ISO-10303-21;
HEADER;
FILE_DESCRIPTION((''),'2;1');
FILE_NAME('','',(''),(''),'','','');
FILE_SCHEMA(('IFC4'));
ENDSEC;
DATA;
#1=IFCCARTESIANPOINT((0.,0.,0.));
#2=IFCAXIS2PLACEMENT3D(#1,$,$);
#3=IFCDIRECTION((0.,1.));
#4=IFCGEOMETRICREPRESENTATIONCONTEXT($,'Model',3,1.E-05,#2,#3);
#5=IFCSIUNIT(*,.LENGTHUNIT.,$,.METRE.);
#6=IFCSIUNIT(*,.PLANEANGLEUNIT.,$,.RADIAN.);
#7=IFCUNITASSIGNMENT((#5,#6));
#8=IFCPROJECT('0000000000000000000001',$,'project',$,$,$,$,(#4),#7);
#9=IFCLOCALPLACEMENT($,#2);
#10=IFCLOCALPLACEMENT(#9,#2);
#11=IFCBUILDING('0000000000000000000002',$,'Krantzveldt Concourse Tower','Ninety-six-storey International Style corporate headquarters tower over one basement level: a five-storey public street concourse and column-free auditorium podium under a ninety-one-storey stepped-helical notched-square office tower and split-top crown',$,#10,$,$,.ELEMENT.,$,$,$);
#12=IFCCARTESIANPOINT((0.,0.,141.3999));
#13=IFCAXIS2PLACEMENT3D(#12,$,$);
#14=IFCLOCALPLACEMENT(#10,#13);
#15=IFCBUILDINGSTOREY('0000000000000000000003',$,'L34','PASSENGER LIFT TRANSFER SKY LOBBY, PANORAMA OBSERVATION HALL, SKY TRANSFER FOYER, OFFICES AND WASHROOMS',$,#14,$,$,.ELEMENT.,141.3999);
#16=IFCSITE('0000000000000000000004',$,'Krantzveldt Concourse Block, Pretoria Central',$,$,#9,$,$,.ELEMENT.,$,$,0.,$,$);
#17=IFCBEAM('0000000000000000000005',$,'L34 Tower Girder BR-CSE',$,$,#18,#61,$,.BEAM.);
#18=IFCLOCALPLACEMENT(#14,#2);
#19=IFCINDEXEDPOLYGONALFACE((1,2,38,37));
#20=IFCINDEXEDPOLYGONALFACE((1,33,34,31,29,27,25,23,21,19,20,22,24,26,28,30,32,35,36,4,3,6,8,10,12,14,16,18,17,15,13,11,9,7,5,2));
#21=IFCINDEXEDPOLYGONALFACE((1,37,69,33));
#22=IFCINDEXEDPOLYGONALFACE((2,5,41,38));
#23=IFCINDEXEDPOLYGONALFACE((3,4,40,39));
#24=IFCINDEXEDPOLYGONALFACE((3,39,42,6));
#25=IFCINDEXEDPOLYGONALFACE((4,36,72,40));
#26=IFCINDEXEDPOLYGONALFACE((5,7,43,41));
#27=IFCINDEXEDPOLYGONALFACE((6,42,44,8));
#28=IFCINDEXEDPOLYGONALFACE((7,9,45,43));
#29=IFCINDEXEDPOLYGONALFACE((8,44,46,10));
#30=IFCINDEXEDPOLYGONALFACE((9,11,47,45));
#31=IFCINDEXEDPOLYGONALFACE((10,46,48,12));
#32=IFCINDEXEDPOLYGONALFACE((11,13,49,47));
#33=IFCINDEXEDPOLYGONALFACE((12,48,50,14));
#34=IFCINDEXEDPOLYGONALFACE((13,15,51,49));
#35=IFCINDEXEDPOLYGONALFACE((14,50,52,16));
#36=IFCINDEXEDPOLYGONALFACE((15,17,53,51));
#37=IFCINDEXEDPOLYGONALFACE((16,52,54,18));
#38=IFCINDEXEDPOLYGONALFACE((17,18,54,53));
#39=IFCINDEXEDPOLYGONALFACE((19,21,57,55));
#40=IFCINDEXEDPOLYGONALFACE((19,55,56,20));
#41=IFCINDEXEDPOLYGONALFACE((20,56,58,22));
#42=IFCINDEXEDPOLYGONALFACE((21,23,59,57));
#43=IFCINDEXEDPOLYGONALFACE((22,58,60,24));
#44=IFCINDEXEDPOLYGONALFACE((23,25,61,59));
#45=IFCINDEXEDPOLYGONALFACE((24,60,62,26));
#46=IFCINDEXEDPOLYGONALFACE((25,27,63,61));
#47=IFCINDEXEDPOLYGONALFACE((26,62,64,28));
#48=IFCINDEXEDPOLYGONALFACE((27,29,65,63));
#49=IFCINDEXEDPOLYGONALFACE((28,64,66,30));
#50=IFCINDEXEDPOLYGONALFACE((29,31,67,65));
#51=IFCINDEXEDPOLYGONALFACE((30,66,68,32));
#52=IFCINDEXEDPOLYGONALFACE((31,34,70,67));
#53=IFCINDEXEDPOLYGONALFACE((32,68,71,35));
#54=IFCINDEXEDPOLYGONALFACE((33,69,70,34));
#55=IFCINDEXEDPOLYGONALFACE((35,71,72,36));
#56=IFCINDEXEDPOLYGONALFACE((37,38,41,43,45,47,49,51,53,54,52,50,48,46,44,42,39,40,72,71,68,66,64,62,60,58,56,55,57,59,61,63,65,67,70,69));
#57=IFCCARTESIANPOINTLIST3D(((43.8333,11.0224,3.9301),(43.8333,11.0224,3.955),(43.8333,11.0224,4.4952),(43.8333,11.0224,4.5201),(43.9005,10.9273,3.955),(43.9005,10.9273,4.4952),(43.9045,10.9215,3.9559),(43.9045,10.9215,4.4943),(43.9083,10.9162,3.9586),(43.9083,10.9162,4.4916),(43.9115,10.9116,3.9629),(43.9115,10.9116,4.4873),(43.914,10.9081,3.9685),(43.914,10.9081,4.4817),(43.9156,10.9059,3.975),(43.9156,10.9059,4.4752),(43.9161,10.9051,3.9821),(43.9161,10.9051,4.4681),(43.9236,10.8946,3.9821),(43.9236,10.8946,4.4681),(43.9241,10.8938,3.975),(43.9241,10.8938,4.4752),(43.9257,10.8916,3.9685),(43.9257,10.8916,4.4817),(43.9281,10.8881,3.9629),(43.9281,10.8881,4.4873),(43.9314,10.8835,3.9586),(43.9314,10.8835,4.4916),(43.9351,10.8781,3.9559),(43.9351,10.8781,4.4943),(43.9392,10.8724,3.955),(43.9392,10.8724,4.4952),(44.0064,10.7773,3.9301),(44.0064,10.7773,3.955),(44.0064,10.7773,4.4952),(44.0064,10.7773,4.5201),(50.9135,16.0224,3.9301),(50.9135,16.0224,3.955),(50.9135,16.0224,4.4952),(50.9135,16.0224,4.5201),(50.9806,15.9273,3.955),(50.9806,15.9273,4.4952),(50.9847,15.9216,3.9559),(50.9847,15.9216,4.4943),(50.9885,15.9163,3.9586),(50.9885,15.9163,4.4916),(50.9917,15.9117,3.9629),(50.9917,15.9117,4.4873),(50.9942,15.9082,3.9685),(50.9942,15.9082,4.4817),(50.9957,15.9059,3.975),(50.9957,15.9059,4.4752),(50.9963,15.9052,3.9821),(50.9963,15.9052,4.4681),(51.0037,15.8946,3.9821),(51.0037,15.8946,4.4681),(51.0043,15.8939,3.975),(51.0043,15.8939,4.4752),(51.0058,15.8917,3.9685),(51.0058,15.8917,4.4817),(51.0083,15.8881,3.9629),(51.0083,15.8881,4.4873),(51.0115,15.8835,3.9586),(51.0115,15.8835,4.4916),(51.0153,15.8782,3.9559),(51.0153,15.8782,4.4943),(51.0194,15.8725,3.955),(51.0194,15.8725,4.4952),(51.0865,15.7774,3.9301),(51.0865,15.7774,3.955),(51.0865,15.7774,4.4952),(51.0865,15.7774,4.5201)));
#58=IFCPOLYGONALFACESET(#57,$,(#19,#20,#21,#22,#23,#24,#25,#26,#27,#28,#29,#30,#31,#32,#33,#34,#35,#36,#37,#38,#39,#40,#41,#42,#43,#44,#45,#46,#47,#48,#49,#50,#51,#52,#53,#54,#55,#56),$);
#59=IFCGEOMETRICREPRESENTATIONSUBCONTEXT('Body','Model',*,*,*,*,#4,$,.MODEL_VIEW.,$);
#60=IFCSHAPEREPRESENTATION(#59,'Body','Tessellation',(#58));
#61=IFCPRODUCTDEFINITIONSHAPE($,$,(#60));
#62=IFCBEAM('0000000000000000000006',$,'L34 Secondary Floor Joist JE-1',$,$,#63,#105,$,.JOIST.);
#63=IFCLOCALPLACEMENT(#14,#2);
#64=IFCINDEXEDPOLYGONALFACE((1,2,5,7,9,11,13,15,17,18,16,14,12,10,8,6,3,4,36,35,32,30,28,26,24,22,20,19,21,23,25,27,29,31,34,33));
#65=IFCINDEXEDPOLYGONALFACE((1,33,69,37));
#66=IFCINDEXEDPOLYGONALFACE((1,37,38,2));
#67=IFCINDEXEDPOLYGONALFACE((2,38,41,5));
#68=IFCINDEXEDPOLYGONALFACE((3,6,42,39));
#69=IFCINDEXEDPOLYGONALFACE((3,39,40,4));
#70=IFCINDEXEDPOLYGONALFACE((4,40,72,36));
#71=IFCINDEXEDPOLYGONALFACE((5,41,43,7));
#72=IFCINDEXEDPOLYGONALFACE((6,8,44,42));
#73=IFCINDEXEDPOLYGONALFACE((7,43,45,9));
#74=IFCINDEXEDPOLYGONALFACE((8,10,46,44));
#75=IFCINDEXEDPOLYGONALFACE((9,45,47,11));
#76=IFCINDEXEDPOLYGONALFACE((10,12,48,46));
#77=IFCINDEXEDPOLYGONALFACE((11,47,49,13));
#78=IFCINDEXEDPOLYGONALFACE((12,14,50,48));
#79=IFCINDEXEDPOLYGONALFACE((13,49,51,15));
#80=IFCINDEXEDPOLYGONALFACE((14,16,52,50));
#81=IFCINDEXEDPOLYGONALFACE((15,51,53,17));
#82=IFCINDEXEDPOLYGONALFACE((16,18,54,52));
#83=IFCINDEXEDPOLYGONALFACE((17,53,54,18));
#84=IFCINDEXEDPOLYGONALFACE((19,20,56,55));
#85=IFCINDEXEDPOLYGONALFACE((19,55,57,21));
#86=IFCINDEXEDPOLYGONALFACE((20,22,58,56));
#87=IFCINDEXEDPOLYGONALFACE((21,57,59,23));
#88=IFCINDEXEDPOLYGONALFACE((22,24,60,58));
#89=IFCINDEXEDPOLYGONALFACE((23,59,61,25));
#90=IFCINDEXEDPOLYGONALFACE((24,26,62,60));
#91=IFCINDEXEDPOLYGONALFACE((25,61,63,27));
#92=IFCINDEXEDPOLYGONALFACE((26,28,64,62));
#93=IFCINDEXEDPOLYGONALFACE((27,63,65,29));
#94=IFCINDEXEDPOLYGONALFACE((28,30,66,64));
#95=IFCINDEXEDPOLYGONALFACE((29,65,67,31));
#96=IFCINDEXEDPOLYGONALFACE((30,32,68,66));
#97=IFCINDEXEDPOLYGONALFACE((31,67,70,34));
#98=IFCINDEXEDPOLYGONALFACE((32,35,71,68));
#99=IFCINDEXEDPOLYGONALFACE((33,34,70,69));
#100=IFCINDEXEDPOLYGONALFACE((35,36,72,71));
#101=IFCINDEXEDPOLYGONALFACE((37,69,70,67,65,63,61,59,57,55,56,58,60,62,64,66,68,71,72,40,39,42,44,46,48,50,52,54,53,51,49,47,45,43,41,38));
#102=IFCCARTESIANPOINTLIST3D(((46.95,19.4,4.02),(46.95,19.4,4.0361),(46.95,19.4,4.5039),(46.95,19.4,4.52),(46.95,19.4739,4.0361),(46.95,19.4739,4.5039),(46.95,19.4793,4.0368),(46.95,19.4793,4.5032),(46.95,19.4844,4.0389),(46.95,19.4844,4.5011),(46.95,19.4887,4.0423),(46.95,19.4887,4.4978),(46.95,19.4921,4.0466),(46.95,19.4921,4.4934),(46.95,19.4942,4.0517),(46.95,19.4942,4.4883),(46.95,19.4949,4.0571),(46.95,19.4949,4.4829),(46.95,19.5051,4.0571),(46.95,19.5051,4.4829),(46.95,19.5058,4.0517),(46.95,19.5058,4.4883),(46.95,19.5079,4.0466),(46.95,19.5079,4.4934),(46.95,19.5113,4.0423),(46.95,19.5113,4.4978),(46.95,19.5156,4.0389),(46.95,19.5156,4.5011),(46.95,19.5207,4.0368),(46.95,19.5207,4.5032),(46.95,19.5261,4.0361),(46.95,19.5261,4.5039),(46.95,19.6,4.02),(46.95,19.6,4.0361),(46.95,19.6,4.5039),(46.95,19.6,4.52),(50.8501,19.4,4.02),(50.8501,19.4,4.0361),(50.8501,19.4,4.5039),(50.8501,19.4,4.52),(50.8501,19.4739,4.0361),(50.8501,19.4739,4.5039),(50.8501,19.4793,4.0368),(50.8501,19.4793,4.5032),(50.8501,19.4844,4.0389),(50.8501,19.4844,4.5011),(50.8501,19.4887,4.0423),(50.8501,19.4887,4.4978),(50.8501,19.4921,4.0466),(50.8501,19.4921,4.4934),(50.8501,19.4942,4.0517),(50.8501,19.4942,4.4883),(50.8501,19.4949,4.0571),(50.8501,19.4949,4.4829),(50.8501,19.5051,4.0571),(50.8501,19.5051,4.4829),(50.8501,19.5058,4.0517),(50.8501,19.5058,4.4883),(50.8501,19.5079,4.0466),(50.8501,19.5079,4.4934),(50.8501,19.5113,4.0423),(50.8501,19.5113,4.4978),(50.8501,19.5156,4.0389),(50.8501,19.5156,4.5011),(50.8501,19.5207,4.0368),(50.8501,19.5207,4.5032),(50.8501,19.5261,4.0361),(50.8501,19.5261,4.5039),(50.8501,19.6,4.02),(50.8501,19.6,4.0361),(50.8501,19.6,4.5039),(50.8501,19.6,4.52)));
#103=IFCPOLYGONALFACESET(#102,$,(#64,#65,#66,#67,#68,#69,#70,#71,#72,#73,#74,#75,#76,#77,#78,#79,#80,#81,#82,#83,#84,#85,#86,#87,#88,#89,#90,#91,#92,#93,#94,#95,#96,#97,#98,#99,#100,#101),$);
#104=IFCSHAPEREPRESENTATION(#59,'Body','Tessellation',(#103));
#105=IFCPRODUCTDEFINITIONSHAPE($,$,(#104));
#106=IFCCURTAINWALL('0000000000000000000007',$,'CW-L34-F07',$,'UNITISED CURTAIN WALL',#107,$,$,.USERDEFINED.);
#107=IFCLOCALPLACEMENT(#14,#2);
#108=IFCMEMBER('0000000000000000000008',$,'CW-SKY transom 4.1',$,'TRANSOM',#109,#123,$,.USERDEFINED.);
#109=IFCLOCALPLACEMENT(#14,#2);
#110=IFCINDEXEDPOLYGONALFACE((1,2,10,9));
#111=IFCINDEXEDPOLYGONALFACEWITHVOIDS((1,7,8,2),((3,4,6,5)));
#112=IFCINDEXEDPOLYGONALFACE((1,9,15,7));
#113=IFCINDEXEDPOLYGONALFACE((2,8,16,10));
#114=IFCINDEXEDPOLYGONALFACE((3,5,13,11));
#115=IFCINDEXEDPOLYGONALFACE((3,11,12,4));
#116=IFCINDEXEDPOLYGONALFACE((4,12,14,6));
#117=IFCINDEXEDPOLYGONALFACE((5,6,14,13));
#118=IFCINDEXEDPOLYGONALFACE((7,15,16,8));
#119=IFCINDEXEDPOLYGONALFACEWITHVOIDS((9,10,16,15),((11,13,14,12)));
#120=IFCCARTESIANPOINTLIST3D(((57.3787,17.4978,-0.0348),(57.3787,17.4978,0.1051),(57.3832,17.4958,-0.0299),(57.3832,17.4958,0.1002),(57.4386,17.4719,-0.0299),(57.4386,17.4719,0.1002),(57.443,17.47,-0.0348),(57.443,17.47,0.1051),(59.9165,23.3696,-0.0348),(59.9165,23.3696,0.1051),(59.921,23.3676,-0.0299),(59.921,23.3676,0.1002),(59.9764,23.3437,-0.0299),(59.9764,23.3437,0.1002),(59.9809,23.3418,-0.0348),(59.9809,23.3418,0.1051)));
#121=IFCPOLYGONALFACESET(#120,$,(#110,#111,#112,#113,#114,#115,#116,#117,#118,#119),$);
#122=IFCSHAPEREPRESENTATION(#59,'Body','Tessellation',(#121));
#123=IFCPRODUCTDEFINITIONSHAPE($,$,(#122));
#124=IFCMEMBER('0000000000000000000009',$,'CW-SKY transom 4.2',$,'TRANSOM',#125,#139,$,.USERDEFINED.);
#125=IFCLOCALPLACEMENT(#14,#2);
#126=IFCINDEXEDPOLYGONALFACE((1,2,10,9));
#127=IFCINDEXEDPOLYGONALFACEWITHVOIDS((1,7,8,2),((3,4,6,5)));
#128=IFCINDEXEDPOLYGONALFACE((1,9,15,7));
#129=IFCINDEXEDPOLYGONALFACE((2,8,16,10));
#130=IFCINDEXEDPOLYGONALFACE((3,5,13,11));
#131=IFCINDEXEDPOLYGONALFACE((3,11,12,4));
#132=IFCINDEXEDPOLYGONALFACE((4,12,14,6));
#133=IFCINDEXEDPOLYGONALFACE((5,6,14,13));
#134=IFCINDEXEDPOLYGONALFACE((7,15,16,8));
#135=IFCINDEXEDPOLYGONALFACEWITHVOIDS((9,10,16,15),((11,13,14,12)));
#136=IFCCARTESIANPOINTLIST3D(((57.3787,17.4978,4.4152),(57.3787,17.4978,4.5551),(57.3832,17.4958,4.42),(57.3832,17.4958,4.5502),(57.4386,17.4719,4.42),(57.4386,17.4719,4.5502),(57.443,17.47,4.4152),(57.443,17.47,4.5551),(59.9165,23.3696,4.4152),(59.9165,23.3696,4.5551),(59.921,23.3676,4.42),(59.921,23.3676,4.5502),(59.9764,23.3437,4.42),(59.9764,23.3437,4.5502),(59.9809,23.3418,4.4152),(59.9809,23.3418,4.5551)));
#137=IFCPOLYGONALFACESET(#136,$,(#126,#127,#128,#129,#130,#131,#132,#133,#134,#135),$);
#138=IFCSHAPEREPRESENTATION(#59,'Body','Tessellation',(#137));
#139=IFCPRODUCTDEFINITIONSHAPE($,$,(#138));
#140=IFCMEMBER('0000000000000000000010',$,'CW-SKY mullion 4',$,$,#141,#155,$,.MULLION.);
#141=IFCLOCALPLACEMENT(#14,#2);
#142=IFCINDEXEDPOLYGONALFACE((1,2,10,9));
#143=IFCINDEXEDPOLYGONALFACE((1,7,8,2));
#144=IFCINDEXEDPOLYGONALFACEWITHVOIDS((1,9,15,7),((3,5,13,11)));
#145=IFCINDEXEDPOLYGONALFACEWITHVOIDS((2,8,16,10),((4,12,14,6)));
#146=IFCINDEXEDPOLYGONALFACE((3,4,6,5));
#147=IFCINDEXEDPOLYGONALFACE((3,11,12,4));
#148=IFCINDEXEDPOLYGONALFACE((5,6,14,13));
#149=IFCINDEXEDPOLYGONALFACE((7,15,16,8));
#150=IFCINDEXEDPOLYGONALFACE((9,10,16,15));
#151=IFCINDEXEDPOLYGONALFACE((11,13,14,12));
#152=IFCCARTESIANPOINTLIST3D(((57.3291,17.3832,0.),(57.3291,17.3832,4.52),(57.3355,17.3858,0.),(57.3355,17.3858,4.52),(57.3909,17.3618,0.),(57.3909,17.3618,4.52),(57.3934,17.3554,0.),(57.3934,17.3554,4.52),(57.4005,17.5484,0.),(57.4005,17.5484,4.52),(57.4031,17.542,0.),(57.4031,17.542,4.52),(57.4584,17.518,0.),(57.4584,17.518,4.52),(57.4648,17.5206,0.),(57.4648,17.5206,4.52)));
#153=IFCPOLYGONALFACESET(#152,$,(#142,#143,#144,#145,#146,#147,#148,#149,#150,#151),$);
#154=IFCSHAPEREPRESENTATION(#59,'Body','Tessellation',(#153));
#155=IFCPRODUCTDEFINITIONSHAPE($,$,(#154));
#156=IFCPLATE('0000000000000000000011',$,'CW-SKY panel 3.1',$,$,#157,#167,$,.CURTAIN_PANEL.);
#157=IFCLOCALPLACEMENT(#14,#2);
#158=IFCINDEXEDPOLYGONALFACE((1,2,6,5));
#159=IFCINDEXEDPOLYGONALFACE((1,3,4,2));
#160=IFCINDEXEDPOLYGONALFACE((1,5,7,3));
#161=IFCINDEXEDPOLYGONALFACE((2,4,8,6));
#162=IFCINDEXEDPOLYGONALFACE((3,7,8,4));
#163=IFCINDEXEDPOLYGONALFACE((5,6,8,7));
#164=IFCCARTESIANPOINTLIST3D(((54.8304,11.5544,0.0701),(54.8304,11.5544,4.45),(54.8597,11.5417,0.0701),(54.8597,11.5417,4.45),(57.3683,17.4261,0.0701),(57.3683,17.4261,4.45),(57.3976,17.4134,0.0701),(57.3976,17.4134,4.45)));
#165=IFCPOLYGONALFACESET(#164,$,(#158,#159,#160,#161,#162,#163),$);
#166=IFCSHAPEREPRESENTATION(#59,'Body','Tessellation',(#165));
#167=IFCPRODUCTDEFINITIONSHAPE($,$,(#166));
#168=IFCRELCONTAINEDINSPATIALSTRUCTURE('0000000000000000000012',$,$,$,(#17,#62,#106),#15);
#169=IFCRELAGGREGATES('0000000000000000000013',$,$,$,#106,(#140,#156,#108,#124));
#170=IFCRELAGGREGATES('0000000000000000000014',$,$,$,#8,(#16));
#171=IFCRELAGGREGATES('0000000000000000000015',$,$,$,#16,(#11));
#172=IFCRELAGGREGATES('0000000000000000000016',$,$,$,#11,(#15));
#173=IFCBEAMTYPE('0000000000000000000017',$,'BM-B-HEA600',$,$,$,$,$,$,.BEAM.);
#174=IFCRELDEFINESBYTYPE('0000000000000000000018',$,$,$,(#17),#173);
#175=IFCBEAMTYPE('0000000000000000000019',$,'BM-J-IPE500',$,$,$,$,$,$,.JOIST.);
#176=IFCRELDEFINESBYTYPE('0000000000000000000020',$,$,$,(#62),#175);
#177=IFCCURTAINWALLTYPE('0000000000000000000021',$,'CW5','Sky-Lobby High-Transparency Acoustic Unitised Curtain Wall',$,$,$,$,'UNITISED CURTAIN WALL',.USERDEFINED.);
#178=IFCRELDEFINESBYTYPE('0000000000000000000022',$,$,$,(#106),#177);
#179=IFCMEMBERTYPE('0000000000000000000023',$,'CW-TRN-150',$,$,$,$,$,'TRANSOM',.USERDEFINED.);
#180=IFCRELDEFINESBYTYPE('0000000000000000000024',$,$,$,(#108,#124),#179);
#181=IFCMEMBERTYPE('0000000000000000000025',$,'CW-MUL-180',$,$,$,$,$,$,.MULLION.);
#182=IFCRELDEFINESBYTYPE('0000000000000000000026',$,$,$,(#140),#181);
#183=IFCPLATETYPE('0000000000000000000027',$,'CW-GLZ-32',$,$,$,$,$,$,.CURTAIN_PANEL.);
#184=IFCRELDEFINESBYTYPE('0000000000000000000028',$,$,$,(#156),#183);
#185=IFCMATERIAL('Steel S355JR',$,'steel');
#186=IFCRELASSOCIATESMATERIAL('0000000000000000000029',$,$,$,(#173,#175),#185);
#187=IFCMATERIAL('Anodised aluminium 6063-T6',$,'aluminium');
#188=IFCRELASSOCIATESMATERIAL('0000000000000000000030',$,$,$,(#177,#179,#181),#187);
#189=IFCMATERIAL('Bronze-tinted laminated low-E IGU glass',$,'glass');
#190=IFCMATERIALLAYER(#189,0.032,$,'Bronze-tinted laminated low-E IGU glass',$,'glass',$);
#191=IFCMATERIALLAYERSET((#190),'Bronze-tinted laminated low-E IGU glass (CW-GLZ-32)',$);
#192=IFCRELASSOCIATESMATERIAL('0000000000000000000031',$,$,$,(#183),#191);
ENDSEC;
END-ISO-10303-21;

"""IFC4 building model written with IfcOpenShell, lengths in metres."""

from ifc_helpers import new_model, si_unit, direction, frame, origin, origin_2d, place, context, subcontext, project, spatial, rectangle, hollow_rectangle, i_section, extrude, source, transform, mapped, material, layer, layer_set, material_profile, profile_set, type_object, type_shapes, element, aggregate, save


model = new_model("IFC4")

# Units and contexts
model_context = context("Model", 3, precision=1e-05, world=origin(), true_north=direction((0.0, 1.0)))
body_context = subcontext(model_context, "Body", "Model", "MODEL_VIEW")
ifc_project = project(units=[si_unit("LENGTHUNIT", "METRE"), si_unit("PLANEANGLEUNIT", "RADIAN")], contexts=[model_context])

# Site, building, storey
site_placement = place(None, origin())
site = spatial("IfcSite", under=ifc_project, at=site_placement, Name="Krantzveldt Concourse Block, Pretoria Central", CompositionType="ELEMENT", RefElevation=0.0)
building_placement = place(site_placement, origin())
building = spatial("IfcBuilding", under=site, at=building_placement, Name="Krantzveldt Concourse Tower", Description="Ninety-six-storey International Style corporate headquarters tower over one basement level: a five-storey public street concourse and column-free auditorium podium under a ninety-one-storey stepped-helical notched-square office tower and split-top crown", CompositionType="ELEMENT")
storey_placement = place(building_placement, frame((0.0, 0.0, 141.3999)))
storey = spatial("IfcBuildingStorey", under=building, at=storey_placement, Name="L34", Description="PASSENGER LIFT TRANSFER SKY LOBBY, PANORAMA OBSERVATION HALL, SKY TRANSFER FOYER, OFFICES AND WASHROOMS", CompositionType="ELEMENT", Elevation=141.3999)

# Beams
ifc_material_1 = material(Name="Steel S355JR", Category="steel")
ifc_material_profile_1 = material_profile(ifc_material_1, i_section(OverallWidth=0.3, OverallDepth=0.5901, WebThickness=0.0129, FlangeThickness=0.0249, FilletRadius=0.0271, at=origin_2d()), Name="Steel S355JR", Category="steel")
ifc_profile_set_1 = profile_set([ifc_material_profile_1], Name="Steel S355JR - HEA 600")
beam_type_1 = type_object("IfcBeamType", Name="BM-B-HEA600", PredefinedType="BEAM", material=ifc_profile_set_1)
shared_shape_1 = source(origin(), body_context, "Body", "SweptSolid", [
    extrude(i_section(OverallWidth=0.3, OverallDepth=0.5901, WebThickness=0.0129, FlangeThickness=0.0249, FilletRadius=0.0271, at=origin_2d()), origin(), (0.0, 0.0, 1.0), 8.6677),
])
beam_1_placement = place(storey_placement, frame((51.0, 15.8999, 4.2251), z_axis=(-0.816843, -0.57686, 0.0), x_axis=(0.57686, -0.816843, 0.0)))
element("IfcBeam", 1, at=beam_1_placement, inside=storey, type_object=beam_type_1, Name="L34 Tower Girder BR-CSE", PredefinedType="BEAM", context=body_context, shape_type="MappedRepresentation", body=[
    mapped(shared_shape_1, transform((0.0, 0.0, 0.0), x_axis=(1.0, 0.0, 0.0), y_axis=(0.0, 1.0, 0.0), z_axis=(0.0, 0.0, 1.0), scale=1.0)),
])
ifc_material_profile_2 = material_profile(ifc_material_1, i_section(OverallWidth=0.2, OverallDepth=0.5, WebThickness=0.0103, FlangeThickness=0.0161, FilletRadius=0.021, at=origin_2d()), Name="Steel S355JR", Category="steel")
ifc_profile_set_2 = profile_set([ifc_material_profile_2], Name="Steel S355JR - IPE 500")
beam_type_2 = type_object("IfcBeamType", Name="BM-J-IPE500", PredefinedType="JOIST", material=ifc_profile_set_2)
shared_shape_2 = source(origin(), body_context, "Body", "SweptSolid", [
    extrude(i_section(OverallWidth=0.2, OverallDepth=0.5, WebThickness=0.0103, FlangeThickness=0.0161, FilletRadius=0.021, at=origin_2d()), origin(), (0.0, 0.0, 1.0), 3.9001),
])
type_shapes(beam_type_2, [shared_shape_2])
beam_2_placement = place(storey_placement, frame((46.95, 19.5, 4.27), z_axis=(1.0, 0.0, 0.0), x_axis=(0.0, 1.0, 0.0)))
element("IfcBeam", 2, at=beam_2_placement, inside=storey, type_object=beam_type_2, Name="L34 Secondary Floor Joist JE-1", PredefinedType="JOIST", context=body_context, shape_type="MappedRepresentation", body=[
    mapped(shared_shape_2, transform((0.0, 0.0, 0.0), x_axis=(1.0, 0.0, 0.0), y_axis=(0.0, 1.0, 0.0), z_axis=(0.0, 0.0, 1.0), scale=1.0)),
])

# Curtain wall, members, plate
ifc_material_2 = material(Name="Anodised aluminium 6063-T6", Category="aluminium")
curtain_wall_type = type_object("IfcCurtainWallType", Name="CW5", Description="Sky-Lobby High-Transparency Acoustic Unitised Curtain Wall", ElementType="UNITISED CURTAIN WALL", PredefinedType="USERDEFINED", material=ifc_material_2)
curtain_wall_placement = place(storey_placement, origin())
curtain_wall = element("IfcCurtainWall", 3, at=curtain_wall_placement, inside=storey, type_object=curtain_wall_type, Name="CW-L34-F07", ObjectType="UNITISED CURTAIN WALL", PredefinedType="USERDEFINED")
ifc_material_profile_3 = material_profile(ifc_material_2, hollow_rectangle(XDim=0.0701, YDim=0.1399, WallThickness=0.0049, at=origin_2d()), Name="Anodised aluminium 6063-T6", Category="aluminium")
ifc_profile_set_3 = profile_set([ifc_material_profile_3], Name="Anodised aluminium 6063-T6 - ALU-TRAN 140x70x5")
member_type_1 = type_object("IfcMemberType", Name="CW-TRN-150", ElementType="TRANSOM", PredefinedType="USERDEFINED", material=ifc_profile_set_3)
shared_shape_3 = source(origin(), body_context, "Body", "SweptSolid", [
    extrude(hollow_rectangle(XDim=0.0701, YDim=0.1399, WallThickness=0.0049, at=origin_2d()), origin(), (0.0, 0.0, 1.0), 6.3967),
])
type_shapes(member_type_1, [shared_shape_3])
member_1_placement = place(storey_placement, frame((57.4109, 17.4839, 0.0352), z_axis=(0.396736, 0.917933, 0.0), x_axis=(-0.917933, 0.396736, 0.0)))
member_1 = element("IfcMember", 4, at=member_1_placement, type_object=member_type_1, Name="CW-SKY transom 4.1", ObjectType="TRANSOM", PredefinedType="USERDEFINED", context=body_context, shape_type="MappedRepresentation", body=[
    mapped(shared_shape_3, transform((0.0, 0.0, 0.0), x_axis=(1.0, 0.0, 0.0), y_axis=(0.0, 1.0, 0.0), z_axis=(0.0, 0.0, 1.0), scale=1.0)),
])
member_2_placement = place(storey_placement, frame((57.4109, 17.4839, 4.4851), z_axis=(0.396736, 0.917933, 0.0), x_axis=(-0.917933, 0.396736, 0.0)))
member_2 = element("IfcMember", 5, at=member_2_placement, type_object=member_type_1, Name="CW-SKY transom 4.2", ObjectType="TRANSOM", PredefinedType="USERDEFINED", context=body_context, shape_type="MappedRepresentation", body=[
    mapped(shared_shape_3, transform((0.0, 0.0, 0.0), x_axis=(1.0, 0.0, 0.0), y_axis=(0.0, 1.0, 0.0), z_axis=(0.0, 0.0, 1.0), scale=1.0)),
])
ifc_material_profile_4 = material_profile(ifc_material_2, hollow_rectangle(XDim=0.0701, YDim=0.1799, WallThickness=0.0049, at=origin_2d()), Name="Anodised aluminium 6063-T6", Category="aluminium")
ifc_profile_set_4 = profile_set([ifc_material_profile_4], Name="Anodised aluminium 6063-T6 - ALU-MULL 180x70x5")
member_type_2 = type_object("IfcMemberType", Name="CW-MUL-180", PredefinedType="MULLION", material=ifc_profile_set_4)
shared_shape_4 = source(origin(), body_context, "Body", "SweptSolid", [
    extrude(hollow_rectangle(XDim=0.0701, YDim=0.1799, WallThickness=0.0049, at=origin_2d()), origin(), (0.0, 0.0, 1.0), 4.52),
])
type_shapes(member_type_2, [shared_shape_4])
member_3_placement = place(storey_placement, frame((57.397, 17.4519, 0.0), z_axis=(0.0, 0.0, 1.0), x_axis=(-0.917928, 0.396747, 0.0)))
member_3 = element("IfcMember", 6, at=member_3_placement, type_object=member_type_2, Name="CW-SKY mullion 4", PredefinedType="MULLION", context=body_context, shape_type="MappedRepresentation", body=[
    mapped(shared_shape_4, transform((0.0, 0.0, 0.0), x_axis=(1.0, 0.0, 0.0), y_axis=(0.0, 1.0, 0.0), z_axis=(0.0, 0.0, 1.0), scale=1.0)),
])
ifc_material_3 = material(Name="Bronze-tinted laminated low-E IGU glass", Category="glass")
ifc_layer_1 = layer(ifc_material_3, 0.032, Name="Bronze-tinted laminated low-E IGU glass", Category="glass")
ifc_layer_set_1 = layer_set([ifc_layer_1], Name="Bronze-tinted laminated low-E IGU glass (CW-GLZ-32)")
plate_type = type_object("IfcPlateType", Name="CW-GLZ-32", PredefinedType="CURTAIN_PANEL", material=ifc_layer_set_1)
shared_shape_5 = source(origin(), body_context, "Body", "SweptSolid", [
    extrude(rectangle(XDim=6.3967, YDim=0.032, at=origin_2d()), origin(), (0.0, 0.0, 1.0), 4.3799),
])
type_shapes(plate_type, [shared_shape_5])
plate_1_placement = place(storey_placement, frame((56.114, 14.4839, 0.0701), z_axis=(0.0, 0.0, 1.0), x_axis=(0.396747, 0.917928, 0.0)))
plate_1 = element("IfcPlate", 7, at=plate_1_placement, type_object=plate_type, Name="CW-SKY panel 3.1", PredefinedType="CURTAIN_PANEL", context=body_context, shape_type="MappedRepresentation", body=[
    mapped(shared_shape_5, transform((0.0, 0.0, 0.0), x_axis=(1.0, 0.0, 0.0), y_axis=(0.0, 1.0, 0.0), z_axis=(0.0, 0.0, 1.0), scale=1.0)),
])
aggregate(curtain_wall, [member_3, plate_1, member_1, member_2])

save(model, "model.ifc")
